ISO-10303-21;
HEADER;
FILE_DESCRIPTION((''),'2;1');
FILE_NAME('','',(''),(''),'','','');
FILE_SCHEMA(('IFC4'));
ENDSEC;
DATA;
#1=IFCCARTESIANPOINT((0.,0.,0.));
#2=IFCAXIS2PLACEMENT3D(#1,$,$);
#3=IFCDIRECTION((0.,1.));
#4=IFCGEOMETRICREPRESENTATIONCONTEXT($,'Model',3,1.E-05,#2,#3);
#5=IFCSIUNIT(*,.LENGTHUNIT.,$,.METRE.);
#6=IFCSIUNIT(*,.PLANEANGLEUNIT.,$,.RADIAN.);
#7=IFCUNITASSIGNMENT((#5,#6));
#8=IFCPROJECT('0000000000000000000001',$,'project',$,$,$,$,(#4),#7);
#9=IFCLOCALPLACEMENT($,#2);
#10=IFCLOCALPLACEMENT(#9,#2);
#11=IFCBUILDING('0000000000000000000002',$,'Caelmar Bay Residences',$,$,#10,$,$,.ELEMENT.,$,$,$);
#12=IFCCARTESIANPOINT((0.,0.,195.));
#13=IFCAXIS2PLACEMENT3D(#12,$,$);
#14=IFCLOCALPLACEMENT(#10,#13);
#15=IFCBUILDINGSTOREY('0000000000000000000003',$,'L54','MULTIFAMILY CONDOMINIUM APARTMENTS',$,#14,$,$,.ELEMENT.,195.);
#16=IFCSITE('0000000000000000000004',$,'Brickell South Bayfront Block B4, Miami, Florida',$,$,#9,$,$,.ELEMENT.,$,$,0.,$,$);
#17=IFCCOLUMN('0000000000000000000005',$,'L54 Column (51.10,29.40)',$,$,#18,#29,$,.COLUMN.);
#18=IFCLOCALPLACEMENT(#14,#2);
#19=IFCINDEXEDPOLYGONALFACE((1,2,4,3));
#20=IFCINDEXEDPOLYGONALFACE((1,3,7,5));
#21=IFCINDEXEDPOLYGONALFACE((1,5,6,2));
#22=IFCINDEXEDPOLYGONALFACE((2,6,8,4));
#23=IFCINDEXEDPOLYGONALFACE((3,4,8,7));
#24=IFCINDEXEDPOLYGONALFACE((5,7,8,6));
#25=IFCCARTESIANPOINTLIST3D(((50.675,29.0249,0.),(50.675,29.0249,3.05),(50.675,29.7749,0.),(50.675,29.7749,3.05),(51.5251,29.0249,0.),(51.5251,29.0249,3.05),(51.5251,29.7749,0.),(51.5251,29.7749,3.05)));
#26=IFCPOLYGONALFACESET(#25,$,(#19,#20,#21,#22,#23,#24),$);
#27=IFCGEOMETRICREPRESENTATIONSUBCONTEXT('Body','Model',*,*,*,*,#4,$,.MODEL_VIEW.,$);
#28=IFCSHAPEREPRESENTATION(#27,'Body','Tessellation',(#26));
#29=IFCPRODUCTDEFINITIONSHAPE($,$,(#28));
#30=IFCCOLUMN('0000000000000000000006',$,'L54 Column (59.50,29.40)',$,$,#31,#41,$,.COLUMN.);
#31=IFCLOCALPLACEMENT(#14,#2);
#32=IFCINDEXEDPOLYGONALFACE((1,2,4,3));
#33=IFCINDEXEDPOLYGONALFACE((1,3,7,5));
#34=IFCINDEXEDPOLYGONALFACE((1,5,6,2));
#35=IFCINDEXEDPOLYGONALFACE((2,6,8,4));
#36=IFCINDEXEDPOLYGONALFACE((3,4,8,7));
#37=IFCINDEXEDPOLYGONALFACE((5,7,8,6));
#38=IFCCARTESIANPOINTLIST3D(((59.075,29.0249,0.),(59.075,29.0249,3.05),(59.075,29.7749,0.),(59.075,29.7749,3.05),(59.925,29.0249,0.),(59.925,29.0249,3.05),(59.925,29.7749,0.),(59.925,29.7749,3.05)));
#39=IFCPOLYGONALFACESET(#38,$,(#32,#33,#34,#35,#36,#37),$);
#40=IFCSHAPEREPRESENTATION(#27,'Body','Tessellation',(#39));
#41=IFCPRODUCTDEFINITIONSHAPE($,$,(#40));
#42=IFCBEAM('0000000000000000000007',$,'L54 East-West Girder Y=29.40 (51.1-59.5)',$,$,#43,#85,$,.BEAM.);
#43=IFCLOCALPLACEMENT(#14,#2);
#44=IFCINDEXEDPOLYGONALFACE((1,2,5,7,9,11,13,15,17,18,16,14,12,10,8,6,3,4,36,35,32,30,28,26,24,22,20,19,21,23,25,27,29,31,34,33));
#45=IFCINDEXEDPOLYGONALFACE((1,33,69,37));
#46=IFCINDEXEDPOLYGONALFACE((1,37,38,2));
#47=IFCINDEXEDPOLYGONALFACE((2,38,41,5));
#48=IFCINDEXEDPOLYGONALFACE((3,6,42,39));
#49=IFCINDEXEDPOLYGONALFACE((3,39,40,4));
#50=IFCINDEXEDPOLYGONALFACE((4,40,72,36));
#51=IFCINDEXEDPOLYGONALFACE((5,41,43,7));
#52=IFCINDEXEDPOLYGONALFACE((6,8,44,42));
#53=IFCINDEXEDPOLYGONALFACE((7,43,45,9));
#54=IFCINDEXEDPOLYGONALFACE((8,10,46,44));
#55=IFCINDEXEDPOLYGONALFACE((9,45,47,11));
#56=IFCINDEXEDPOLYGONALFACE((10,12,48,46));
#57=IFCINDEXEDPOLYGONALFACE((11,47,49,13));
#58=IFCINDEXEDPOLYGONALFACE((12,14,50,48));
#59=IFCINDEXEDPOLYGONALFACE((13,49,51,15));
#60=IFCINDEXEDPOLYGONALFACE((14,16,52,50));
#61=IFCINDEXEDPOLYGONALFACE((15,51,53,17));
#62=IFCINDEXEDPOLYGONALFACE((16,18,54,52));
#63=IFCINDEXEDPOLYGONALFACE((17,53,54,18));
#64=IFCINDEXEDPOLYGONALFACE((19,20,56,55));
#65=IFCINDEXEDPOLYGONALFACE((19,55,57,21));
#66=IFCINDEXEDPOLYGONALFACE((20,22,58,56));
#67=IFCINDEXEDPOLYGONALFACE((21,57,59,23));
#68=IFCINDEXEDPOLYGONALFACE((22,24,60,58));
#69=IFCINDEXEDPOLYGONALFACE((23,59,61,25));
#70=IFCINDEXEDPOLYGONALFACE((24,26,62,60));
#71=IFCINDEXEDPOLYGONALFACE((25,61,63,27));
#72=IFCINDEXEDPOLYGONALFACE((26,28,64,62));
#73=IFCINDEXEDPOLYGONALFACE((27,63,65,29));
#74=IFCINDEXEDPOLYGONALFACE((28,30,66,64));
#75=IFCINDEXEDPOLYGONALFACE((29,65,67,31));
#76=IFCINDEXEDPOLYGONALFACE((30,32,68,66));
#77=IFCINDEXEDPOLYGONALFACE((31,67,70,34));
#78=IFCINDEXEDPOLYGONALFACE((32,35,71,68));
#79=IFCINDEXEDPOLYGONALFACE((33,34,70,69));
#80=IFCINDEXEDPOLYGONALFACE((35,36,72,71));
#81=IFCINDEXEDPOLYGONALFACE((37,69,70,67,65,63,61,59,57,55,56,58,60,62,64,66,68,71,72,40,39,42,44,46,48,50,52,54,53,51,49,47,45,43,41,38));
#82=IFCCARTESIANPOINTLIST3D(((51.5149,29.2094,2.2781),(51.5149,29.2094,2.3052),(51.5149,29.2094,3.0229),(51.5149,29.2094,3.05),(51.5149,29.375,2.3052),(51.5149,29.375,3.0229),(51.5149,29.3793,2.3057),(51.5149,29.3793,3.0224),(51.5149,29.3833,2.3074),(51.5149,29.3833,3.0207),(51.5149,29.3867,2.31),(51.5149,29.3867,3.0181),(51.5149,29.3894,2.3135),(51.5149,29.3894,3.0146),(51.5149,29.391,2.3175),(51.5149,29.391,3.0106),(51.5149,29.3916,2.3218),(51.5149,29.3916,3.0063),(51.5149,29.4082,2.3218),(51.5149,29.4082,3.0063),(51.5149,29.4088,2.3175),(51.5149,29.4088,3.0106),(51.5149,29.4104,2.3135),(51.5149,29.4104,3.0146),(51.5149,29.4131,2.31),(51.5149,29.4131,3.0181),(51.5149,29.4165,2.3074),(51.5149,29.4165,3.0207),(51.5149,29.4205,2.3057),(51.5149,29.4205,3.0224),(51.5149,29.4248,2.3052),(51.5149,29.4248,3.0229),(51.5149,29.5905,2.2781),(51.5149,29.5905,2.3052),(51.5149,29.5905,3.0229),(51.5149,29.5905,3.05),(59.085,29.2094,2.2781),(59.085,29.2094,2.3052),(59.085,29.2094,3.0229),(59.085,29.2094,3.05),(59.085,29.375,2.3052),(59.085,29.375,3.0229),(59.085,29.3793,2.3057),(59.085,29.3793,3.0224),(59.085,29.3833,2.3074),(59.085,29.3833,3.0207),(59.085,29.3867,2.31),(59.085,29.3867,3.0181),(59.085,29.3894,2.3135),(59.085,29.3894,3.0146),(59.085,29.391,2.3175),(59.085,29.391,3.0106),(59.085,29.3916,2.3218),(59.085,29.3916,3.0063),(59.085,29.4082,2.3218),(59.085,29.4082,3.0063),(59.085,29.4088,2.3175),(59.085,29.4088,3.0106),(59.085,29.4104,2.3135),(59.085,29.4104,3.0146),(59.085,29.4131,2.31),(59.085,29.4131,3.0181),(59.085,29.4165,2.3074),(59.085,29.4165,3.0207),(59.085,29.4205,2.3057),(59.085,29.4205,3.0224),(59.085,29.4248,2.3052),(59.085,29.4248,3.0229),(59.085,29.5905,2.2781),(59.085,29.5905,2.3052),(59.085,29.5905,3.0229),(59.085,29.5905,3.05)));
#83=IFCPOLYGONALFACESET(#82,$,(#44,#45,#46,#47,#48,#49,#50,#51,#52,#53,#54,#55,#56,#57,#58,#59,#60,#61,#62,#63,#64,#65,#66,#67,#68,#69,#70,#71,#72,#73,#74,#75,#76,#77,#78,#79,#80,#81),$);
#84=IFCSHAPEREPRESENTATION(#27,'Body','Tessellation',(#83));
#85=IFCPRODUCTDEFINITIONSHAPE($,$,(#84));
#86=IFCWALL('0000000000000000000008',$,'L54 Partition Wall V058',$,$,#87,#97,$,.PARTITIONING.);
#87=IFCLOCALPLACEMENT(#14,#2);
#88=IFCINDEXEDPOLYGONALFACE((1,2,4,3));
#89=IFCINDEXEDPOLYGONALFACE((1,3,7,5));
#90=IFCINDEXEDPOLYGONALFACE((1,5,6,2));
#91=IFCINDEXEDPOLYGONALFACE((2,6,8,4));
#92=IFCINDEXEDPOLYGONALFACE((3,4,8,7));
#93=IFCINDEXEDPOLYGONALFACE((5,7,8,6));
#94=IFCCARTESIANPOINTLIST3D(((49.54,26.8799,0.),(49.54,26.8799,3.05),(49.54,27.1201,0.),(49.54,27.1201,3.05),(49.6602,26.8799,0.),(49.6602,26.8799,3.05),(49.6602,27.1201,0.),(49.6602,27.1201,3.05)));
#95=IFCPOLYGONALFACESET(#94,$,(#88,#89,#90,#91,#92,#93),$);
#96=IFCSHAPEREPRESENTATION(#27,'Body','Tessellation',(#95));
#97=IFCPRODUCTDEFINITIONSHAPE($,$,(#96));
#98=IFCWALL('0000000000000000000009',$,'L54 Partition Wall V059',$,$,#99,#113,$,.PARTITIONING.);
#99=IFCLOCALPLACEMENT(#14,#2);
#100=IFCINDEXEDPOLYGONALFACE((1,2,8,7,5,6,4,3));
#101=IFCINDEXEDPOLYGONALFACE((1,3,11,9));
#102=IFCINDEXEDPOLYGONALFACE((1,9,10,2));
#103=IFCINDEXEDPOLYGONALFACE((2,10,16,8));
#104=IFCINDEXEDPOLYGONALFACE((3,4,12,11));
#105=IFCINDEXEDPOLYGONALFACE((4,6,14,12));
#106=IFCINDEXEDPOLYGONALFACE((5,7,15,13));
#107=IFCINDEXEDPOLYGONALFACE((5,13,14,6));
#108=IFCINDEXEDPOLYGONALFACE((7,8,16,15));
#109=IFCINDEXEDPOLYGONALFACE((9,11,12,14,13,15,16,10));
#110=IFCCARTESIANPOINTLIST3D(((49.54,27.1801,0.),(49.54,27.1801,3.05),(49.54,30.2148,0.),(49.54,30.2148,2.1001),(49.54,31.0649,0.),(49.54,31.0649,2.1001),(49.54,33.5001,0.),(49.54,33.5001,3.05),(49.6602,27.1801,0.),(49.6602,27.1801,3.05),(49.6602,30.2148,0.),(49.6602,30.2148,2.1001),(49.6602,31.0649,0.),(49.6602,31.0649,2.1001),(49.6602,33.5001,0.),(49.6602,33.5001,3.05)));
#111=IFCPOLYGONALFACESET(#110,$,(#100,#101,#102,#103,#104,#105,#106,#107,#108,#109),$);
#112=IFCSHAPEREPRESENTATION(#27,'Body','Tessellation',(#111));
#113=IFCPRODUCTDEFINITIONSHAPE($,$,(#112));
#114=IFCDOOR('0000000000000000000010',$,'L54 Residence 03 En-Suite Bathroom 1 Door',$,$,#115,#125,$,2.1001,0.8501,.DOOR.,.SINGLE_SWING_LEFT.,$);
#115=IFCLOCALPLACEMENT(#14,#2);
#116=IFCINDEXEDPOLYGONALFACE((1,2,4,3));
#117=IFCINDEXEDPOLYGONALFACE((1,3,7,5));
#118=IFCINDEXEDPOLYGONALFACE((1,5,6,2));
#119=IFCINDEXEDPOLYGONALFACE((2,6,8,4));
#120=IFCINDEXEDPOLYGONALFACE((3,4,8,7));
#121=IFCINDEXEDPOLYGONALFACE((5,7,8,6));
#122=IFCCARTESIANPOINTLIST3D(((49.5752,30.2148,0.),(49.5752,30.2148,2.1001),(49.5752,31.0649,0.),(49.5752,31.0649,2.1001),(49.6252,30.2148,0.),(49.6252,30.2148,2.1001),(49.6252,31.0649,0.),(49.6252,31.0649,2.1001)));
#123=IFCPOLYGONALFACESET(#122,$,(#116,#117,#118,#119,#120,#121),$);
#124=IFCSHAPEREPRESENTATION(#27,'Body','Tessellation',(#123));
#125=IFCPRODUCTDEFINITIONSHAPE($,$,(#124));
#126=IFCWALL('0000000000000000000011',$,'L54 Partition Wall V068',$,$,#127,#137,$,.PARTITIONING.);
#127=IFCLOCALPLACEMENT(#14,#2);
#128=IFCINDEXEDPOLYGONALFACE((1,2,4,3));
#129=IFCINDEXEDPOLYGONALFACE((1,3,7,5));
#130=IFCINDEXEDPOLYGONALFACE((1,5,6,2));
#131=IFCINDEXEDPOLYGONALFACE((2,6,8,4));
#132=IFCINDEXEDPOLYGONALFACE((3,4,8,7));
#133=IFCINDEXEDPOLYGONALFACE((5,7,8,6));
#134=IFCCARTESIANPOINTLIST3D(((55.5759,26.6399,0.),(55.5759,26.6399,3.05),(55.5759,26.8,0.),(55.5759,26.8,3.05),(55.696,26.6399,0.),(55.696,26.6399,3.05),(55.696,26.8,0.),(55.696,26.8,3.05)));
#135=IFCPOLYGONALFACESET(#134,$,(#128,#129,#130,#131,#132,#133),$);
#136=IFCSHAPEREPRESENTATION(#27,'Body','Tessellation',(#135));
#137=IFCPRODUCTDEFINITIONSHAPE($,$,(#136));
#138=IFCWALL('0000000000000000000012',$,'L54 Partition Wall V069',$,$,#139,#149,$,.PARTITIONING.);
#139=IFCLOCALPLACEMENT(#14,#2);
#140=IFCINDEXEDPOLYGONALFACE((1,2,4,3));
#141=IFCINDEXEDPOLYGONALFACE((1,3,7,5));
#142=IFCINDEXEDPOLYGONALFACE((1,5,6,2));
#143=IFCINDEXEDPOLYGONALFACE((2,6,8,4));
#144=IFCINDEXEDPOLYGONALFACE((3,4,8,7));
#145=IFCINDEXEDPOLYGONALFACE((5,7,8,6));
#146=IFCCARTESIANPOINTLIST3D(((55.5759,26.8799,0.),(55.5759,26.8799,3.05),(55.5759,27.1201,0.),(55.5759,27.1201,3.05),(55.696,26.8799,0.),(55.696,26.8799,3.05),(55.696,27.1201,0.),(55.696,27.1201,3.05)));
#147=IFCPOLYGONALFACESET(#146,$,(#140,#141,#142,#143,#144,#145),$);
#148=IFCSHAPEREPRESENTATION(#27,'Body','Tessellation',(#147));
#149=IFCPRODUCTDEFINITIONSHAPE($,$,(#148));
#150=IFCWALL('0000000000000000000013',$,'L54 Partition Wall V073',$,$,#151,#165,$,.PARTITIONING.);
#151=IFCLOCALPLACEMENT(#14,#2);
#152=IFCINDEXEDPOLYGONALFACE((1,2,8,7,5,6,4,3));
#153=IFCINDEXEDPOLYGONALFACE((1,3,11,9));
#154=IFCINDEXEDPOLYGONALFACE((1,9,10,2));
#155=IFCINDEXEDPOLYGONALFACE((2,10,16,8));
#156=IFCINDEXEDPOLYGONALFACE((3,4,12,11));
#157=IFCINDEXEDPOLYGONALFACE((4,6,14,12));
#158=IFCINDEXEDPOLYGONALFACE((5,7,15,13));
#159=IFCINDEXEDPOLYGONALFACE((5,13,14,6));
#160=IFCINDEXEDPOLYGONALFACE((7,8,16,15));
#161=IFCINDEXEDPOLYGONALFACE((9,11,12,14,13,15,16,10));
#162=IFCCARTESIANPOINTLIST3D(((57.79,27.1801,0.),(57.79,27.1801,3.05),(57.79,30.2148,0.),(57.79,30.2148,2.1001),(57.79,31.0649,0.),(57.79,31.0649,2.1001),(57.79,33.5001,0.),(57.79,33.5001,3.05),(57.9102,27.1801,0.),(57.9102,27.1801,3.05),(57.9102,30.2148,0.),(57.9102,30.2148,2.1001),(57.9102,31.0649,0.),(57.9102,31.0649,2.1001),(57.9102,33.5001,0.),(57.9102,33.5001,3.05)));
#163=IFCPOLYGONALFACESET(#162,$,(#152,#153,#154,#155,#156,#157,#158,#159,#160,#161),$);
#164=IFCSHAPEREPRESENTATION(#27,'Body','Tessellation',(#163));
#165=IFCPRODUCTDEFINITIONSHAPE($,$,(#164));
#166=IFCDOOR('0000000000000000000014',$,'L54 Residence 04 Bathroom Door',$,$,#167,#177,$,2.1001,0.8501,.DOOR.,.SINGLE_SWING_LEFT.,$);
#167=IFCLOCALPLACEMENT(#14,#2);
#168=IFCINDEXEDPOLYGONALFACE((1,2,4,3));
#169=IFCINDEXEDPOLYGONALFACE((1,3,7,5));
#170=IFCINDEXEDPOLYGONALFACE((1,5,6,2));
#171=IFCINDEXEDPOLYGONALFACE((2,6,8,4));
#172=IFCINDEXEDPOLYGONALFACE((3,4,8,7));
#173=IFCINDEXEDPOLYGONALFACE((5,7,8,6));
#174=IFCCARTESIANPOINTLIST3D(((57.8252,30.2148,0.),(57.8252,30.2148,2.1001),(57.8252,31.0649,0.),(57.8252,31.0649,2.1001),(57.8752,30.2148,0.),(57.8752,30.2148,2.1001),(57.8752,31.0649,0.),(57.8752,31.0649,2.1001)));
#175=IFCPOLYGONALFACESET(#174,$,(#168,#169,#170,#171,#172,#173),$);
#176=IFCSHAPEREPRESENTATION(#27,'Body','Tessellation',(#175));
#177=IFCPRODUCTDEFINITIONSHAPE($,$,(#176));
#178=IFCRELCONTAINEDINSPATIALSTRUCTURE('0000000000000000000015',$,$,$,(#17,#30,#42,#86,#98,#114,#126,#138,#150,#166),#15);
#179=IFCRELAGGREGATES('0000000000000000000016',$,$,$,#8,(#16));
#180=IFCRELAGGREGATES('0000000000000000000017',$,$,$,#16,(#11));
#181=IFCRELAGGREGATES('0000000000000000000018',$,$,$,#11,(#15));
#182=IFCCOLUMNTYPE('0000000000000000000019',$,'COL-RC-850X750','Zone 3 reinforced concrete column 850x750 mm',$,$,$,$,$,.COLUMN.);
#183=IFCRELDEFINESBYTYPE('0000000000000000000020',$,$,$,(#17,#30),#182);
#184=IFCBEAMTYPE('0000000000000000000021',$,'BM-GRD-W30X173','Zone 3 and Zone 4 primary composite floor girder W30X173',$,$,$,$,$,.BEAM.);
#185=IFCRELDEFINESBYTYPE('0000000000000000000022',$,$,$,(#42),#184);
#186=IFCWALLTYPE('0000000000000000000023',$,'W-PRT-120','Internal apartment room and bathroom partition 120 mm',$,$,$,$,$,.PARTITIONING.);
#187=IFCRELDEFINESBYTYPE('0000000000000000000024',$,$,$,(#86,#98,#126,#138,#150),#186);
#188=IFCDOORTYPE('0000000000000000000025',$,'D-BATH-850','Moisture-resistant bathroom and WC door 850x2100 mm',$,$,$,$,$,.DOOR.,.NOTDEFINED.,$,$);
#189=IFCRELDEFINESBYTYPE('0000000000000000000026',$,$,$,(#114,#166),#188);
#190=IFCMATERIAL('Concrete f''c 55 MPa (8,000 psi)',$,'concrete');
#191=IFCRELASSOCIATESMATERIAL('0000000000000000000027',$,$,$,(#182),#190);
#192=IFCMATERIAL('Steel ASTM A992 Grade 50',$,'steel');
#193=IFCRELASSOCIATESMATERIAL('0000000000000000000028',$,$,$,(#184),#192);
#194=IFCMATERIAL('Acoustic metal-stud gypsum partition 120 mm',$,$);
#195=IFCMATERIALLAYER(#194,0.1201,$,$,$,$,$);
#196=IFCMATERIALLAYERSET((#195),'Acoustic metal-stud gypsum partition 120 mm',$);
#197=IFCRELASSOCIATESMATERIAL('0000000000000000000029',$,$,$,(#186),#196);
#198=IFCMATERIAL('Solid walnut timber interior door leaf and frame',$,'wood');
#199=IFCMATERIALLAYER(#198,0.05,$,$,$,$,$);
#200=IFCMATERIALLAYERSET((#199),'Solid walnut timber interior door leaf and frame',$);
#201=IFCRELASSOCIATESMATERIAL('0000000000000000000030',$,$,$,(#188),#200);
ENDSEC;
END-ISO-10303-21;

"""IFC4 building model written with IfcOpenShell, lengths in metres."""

from ifc_helpers import new_model, si_unit, direction, frame, frame_2d, origin, origin_2d, place, context, subcontext, project, spatial, rectangle, i_section, extrude, material, layer, layer_set, material_profile, profile_set, type_object, element, fill, save


model = new_model("IFC4")

# Units and contexts
model_context = context("Model", 3, precision=1e-05, world=origin(), true_north=direction((0.0, 1.0)))
body_context = subcontext(model_context, "Body", "Model", "MODEL_VIEW")
ifc_project = project(units=[si_unit("LENGTHUNIT", "METRE"), si_unit("PLANEANGLEUNIT", "RADIAN")], contexts=[model_context])

# Site, building, storey
site_placement = place(None, origin())
site = spatial("IfcSite", under=ifc_project, at=site_placement, Name="Brickell South Bayfront Block B4, Miami, Florida", CompositionType="ELEMENT", RefElevation=0.0)
building_placement = place(site_placement, origin())
building = spatial("IfcBuilding", under=site, at=building_placement, Name="Caelmar Bay Residences", CompositionType="ELEMENT")
storey_placement = place(building_placement, frame((0.0, 0.0, 195.0)))
storey = spatial("IfcBuildingStorey", under=building, at=storey_placement, Name="L54", Description="MULTIFAMILY CONDOMINIUM APARTMENTS", CompositionType="ELEMENT", Elevation=195.0)

# Columns
ifc_material_1 = material(Name="Concrete f'c 55 MPa (8,000 psi)", Category="concrete")
ifc_material_profile_1 = material_profile(ifc_material_1, rectangle(XDim=0.8501, YDim=0.75, at=origin_2d()), Name="RC-COL-850X750")
ifc_profile_set_1 = profile_set([ifc_material_profile_1], Name="Concrete f'c 55 MPa (8,000 psi)")
column_type = type_object("IfcColumnType", Name="COL-RC-850X750", Description="Zone 3 reinforced concrete column 850x750 mm", PredefinedType="COLUMN", material=ifc_profile_set_1)
for number, where, z_axis, x_axis, name in (
    (1, (51.1001, 29.3999, 0.0), (0.0, 0.0, 1.0), (1.0, 0.0, 0.0), "L54 Column (51.10,29.40)"),
    (2, (59.5, 29.3999, 0.0), (0.0, 0.0, 1.0), (1.0, 0.0, 0.0), "L54 Column (59.50,29.40)"),
):
    element("IfcColumn", number, at=place(storey_placement, frame(where, z_axis=z_axis, x_axis=x_axis)), inside=storey, type_object=column_type, Name=name, PredefinedType="COLUMN", context=body_context, shape_type="SweptSolid", body=[
        extrude(rectangle(XDim=0.8501, YDim=0.75, at=origin_2d()), origin(), (0.0, 0.0, 1.0), 3.05),
    ])

# Beam
ifc_material_2 = material(Name="Steel ASTM A992 Grade 50", Category="steel")
ifc_material_profile_2 = material_profile(ifc_material_2, i_section(OverallWidth=0.3811, OverallDepth=0.772, WebThickness=0.0166, FlangeThickness=0.0271, FilletRadius=0.0166, at=origin_2d()), Name="W30X173")
ifc_profile_set_2 = profile_set([ifc_material_profile_2], Name="Steel ASTM A992 Grade 50")
beam_type = type_object("IfcBeamType", Name="BM-GRD-W30X173", Description="Zone 3 and Zone 4 primary composite floor girder W30X173", PredefinedType="BEAM", material=ifc_profile_set_2)
beam_placement = place(storey_placement, frame((51.5149, 29.3999, 2.6641), z_axis=(1.0, 0.0, 0.0), x_axis=(0.0, 1.0, 0.0)))
element("IfcBeam", 3, at=beam_placement, inside=storey, type_object=beam_type, Name="L54 East-West Girder Y=29.40 (51.1-59.5)", PredefinedType="BEAM", context=body_context, shape_type="SweptSolid", body=[
    extrude(i_section(OverallWidth=0.3811, OverallDepth=0.772, WebThickness=0.0166, FlangeThickness=0.0271, FilletRadius=0.0166, at=origin_2d()), origin(), (0.0, 0.0, 1.0), 7.5701),
])

# Wall
ifc_material_3 = material(Name="Acoustic metal-stud gypsum partition 120 mm")
ifc_layer_1 = layer(ifc_material_3, 0.1201)
ifc_layer_set_1 = layer_set([ifc_layer_1], Name="Acoustic metal-stud gypsum partition 120 mm")
wall_type_1 = type_object("IfcWallType", Name="W-PRT-120", Description="Internal apartment room and bathroom partition 120 mm", PredefinedType="PARTITIONING", material=ifc_layer_set_1)
wall_1_placement = place(storey_placement, frame((49.6001, 26.8799, 0.0), z_axis=(0.0, 0.0, 1.0), x_axis=(0.0, 1.0, 0.0)))
element("IfcWall", 4, at=wall_1_placement, inside=storey, type_object=wall_type_1, Name="L54 Partition Wall V058", PredefinedType="PARTITIONING", context=body_context, shape_type="SweptSolid", body=[
    extrude(rectangle(XDim=0.2402, YDim=0.1201, at=frame_2d((0.1201, 0.0))), origin(), (0.0, 0.0, 1.0), 3.05),
])

# Wall, opening, door
wall_2_placement = place(storey_placement, frame((49.6001, 27.1799, 0.0), z_axis=(0.0, 0.0, 1.0), x_axis=(0.0, 1.0, 0.0)))
wall_2 = element("IfcWall", 5, at=wall_2_placement, inside=storey, type_object=wall_type_1, Name="L54 Partition Wall V059", PredefinedType="PARTITIONING", context=body_context, shape_type="SweptSolid", body=[
    extrude(rectangle(XDim=6.3201, YDim=0.1201, at=frame_2d((3.1602, 0.0))), origin(), (0.0, 0.0, 1.0), 3.05),
])
opening_1_placement = place(wall_2_placement, frame((3.0349, 0.0, 0.0)))
opening_1 = element("IfcOpeningElement", 6, at=opening_1_placement, cuts=wall_2, PredefinedType="OPENING", context=body_context, shape_type="SweptSolid", body=[
    extrude(rectangle(XDim=0.8501, YDim=2.1001, at=frame_2d((0.425, 1.05))), frame((0.0, 0.0701, 0.0), z_axis=(0.0, -1.0, 0.0), x_axis=(1.0, 0.0, 0.0)), (0.0, 0.0, 1.0), 0.1401),
])
ifc_material_4 = material(Name="Solid walnut timber interior door leaf and frame", Category="wood")
ifc_layer_2 = layer(ifc_material_4, 0.05)
ifc_layer_set_2 = layer_set([ifc_layer_2], Name="Solid walnut timber interior door leaf and frame")
door_type_1 = type_object("IfcDoorType", Name="D-BATH-850", Description="Moisture-resistant bathroom and WC door 850x2100 mm", OperationType="NOTDEFINED", PredefinedType="DOOR", material=ifc_layer_set_2)
door_1_placement = place(opening_1_placement, origin())
door_1 = element("IfcDoor", 7, at=door_1_placement, inside=storey, type_object=door_type_1, Name="L54 Residence 03 En-Suite Bathroom 1 Door", OperationType="SINGLE_SWING_LEFT", OverallHeight=2.1001, OverallWidth=0.8501, PredefinedType="DOOR", context=body_context, shape_type="SweptSolid", body=[
    extrude(rectangle(XDim=0.8501, YDim=2.1001, at=frame_2d((0.425, 1.05))), frame((0.0, 0.0249, 0.0), z_axis=(0.0, -1.0, 0.0), x_axis=(1.0, 0.0, 0.0)), (0.0, 0.0, 1.0), 0.05),
])
fill(opening_1, door_1)

# Walls
wall_3_placement = place(storey_placement, frame((55.636, 26.6399, 0.0), z_axis=(0.0, 0.0, 1.0), x_axis=(0.0, 1.0, 0.0)))
element("IfcWall", 8, at=wall_3_placement, inside=storey, type_object=wall_type_1, Name="L54 Partition Wall V068", PredefinedType="PARTITIONING", context=body_context, shape_type="SweptSolid", body=[
    extrude(rectangle(XDim=0.1602, YDim=0.1201, at=frame_2d((0.0801, 0.0))), origin(), (0.0, 0.0, 1.0), 3.05),
])
wall_4_placement = place(storey_placement, frame((55.636, 26.8799, 0.0), z_axis=(0.0, 0.0, 1.0), x_axis=(0.0, 1.0, 0.0)))
element("IfcWall", 9, at=wall_4_placement, inside=storey, type_object=wall_type_1, Name="L54 Partition Wall V069", PredefinedType="PARTITIONING", context=body_context, shape_type="SweptSolid", body=[
    extrude(rectangle(XDim=0.2402, YDim=0.1201, at=frame_2d((0.1201, 0.0))), origin(), (0.0, 0.0, 1.0), 3.05),
])

# Wall, opening, door
wall_5_placement = place(storey_placement, frame((57.8501, 27.1799, 0.0), z_axis=(0.0, 0.0, 1.0), x_axis=(0.0, 1.0, 0.0)))
wall_5 = element("IfcWall", 10, at=wall_5_placement, inside=storey, type_object=wall_type_1, Name="L54 Partition Wall V073", PredefinedType="PARTITIONING", context=body_context, shape_type="SweptSolid", body=[
    extrude(rectangle(XDim=6.3201, YDim=0.1201, at=frame_2d((3.1602, 0.0))), origin(), (0.0, 0.0, 1.0), 3.05),
])
opening_2_placement = place(wall_5_placement, frame((3.0349, 0.0, 0.0)))
opening_2 = element("IfcOpeningElement", 11, at=opening_2_placement, cuts=wall_5, PredefinedType="OPENING", context=body_context, shape_type="SweptSolid", body=[
    extrude(rectangle(XDim=0.8501, YDim=2.1001, at=frame_2d((0.425, 1.05))), frame((0.0, 0.0701, 0.0), z_axis=(0.0, -1.0, 0.0), x_axis=(1.0, 0.0, 0.0)), (0.0, 0.0, 1.0), 0.1401),
])
door_2_placement = place(opening_2_placement, origin())
door_2 = element("IfcDoor", 12, at=door_2_placement, inside=storey, type_object=door_type_1, Name="L54 Residence 04 Bathroom Door", OperationType="SINGLE_SWING_LEFT", OverallHeight=2.1001, OverallWidth=0.8501, PredefinedType="DOOR", context=body_context, shape_type="SweptSolid", body=[
    extrude(rectangle(XDim=0.8501, YDim=2.1001, at=frame_2d((0.425, 1.05))), frame((0.0, 0.0249, 0.0), z_axis=(0.0, -1.0, 0.0), x_axis=(1.0, 0.0, 0.0)), (0.0, 0.0, 1.0), 0.05),
])
fill(opening_2, door_2)

save(model, "model.ifc")
